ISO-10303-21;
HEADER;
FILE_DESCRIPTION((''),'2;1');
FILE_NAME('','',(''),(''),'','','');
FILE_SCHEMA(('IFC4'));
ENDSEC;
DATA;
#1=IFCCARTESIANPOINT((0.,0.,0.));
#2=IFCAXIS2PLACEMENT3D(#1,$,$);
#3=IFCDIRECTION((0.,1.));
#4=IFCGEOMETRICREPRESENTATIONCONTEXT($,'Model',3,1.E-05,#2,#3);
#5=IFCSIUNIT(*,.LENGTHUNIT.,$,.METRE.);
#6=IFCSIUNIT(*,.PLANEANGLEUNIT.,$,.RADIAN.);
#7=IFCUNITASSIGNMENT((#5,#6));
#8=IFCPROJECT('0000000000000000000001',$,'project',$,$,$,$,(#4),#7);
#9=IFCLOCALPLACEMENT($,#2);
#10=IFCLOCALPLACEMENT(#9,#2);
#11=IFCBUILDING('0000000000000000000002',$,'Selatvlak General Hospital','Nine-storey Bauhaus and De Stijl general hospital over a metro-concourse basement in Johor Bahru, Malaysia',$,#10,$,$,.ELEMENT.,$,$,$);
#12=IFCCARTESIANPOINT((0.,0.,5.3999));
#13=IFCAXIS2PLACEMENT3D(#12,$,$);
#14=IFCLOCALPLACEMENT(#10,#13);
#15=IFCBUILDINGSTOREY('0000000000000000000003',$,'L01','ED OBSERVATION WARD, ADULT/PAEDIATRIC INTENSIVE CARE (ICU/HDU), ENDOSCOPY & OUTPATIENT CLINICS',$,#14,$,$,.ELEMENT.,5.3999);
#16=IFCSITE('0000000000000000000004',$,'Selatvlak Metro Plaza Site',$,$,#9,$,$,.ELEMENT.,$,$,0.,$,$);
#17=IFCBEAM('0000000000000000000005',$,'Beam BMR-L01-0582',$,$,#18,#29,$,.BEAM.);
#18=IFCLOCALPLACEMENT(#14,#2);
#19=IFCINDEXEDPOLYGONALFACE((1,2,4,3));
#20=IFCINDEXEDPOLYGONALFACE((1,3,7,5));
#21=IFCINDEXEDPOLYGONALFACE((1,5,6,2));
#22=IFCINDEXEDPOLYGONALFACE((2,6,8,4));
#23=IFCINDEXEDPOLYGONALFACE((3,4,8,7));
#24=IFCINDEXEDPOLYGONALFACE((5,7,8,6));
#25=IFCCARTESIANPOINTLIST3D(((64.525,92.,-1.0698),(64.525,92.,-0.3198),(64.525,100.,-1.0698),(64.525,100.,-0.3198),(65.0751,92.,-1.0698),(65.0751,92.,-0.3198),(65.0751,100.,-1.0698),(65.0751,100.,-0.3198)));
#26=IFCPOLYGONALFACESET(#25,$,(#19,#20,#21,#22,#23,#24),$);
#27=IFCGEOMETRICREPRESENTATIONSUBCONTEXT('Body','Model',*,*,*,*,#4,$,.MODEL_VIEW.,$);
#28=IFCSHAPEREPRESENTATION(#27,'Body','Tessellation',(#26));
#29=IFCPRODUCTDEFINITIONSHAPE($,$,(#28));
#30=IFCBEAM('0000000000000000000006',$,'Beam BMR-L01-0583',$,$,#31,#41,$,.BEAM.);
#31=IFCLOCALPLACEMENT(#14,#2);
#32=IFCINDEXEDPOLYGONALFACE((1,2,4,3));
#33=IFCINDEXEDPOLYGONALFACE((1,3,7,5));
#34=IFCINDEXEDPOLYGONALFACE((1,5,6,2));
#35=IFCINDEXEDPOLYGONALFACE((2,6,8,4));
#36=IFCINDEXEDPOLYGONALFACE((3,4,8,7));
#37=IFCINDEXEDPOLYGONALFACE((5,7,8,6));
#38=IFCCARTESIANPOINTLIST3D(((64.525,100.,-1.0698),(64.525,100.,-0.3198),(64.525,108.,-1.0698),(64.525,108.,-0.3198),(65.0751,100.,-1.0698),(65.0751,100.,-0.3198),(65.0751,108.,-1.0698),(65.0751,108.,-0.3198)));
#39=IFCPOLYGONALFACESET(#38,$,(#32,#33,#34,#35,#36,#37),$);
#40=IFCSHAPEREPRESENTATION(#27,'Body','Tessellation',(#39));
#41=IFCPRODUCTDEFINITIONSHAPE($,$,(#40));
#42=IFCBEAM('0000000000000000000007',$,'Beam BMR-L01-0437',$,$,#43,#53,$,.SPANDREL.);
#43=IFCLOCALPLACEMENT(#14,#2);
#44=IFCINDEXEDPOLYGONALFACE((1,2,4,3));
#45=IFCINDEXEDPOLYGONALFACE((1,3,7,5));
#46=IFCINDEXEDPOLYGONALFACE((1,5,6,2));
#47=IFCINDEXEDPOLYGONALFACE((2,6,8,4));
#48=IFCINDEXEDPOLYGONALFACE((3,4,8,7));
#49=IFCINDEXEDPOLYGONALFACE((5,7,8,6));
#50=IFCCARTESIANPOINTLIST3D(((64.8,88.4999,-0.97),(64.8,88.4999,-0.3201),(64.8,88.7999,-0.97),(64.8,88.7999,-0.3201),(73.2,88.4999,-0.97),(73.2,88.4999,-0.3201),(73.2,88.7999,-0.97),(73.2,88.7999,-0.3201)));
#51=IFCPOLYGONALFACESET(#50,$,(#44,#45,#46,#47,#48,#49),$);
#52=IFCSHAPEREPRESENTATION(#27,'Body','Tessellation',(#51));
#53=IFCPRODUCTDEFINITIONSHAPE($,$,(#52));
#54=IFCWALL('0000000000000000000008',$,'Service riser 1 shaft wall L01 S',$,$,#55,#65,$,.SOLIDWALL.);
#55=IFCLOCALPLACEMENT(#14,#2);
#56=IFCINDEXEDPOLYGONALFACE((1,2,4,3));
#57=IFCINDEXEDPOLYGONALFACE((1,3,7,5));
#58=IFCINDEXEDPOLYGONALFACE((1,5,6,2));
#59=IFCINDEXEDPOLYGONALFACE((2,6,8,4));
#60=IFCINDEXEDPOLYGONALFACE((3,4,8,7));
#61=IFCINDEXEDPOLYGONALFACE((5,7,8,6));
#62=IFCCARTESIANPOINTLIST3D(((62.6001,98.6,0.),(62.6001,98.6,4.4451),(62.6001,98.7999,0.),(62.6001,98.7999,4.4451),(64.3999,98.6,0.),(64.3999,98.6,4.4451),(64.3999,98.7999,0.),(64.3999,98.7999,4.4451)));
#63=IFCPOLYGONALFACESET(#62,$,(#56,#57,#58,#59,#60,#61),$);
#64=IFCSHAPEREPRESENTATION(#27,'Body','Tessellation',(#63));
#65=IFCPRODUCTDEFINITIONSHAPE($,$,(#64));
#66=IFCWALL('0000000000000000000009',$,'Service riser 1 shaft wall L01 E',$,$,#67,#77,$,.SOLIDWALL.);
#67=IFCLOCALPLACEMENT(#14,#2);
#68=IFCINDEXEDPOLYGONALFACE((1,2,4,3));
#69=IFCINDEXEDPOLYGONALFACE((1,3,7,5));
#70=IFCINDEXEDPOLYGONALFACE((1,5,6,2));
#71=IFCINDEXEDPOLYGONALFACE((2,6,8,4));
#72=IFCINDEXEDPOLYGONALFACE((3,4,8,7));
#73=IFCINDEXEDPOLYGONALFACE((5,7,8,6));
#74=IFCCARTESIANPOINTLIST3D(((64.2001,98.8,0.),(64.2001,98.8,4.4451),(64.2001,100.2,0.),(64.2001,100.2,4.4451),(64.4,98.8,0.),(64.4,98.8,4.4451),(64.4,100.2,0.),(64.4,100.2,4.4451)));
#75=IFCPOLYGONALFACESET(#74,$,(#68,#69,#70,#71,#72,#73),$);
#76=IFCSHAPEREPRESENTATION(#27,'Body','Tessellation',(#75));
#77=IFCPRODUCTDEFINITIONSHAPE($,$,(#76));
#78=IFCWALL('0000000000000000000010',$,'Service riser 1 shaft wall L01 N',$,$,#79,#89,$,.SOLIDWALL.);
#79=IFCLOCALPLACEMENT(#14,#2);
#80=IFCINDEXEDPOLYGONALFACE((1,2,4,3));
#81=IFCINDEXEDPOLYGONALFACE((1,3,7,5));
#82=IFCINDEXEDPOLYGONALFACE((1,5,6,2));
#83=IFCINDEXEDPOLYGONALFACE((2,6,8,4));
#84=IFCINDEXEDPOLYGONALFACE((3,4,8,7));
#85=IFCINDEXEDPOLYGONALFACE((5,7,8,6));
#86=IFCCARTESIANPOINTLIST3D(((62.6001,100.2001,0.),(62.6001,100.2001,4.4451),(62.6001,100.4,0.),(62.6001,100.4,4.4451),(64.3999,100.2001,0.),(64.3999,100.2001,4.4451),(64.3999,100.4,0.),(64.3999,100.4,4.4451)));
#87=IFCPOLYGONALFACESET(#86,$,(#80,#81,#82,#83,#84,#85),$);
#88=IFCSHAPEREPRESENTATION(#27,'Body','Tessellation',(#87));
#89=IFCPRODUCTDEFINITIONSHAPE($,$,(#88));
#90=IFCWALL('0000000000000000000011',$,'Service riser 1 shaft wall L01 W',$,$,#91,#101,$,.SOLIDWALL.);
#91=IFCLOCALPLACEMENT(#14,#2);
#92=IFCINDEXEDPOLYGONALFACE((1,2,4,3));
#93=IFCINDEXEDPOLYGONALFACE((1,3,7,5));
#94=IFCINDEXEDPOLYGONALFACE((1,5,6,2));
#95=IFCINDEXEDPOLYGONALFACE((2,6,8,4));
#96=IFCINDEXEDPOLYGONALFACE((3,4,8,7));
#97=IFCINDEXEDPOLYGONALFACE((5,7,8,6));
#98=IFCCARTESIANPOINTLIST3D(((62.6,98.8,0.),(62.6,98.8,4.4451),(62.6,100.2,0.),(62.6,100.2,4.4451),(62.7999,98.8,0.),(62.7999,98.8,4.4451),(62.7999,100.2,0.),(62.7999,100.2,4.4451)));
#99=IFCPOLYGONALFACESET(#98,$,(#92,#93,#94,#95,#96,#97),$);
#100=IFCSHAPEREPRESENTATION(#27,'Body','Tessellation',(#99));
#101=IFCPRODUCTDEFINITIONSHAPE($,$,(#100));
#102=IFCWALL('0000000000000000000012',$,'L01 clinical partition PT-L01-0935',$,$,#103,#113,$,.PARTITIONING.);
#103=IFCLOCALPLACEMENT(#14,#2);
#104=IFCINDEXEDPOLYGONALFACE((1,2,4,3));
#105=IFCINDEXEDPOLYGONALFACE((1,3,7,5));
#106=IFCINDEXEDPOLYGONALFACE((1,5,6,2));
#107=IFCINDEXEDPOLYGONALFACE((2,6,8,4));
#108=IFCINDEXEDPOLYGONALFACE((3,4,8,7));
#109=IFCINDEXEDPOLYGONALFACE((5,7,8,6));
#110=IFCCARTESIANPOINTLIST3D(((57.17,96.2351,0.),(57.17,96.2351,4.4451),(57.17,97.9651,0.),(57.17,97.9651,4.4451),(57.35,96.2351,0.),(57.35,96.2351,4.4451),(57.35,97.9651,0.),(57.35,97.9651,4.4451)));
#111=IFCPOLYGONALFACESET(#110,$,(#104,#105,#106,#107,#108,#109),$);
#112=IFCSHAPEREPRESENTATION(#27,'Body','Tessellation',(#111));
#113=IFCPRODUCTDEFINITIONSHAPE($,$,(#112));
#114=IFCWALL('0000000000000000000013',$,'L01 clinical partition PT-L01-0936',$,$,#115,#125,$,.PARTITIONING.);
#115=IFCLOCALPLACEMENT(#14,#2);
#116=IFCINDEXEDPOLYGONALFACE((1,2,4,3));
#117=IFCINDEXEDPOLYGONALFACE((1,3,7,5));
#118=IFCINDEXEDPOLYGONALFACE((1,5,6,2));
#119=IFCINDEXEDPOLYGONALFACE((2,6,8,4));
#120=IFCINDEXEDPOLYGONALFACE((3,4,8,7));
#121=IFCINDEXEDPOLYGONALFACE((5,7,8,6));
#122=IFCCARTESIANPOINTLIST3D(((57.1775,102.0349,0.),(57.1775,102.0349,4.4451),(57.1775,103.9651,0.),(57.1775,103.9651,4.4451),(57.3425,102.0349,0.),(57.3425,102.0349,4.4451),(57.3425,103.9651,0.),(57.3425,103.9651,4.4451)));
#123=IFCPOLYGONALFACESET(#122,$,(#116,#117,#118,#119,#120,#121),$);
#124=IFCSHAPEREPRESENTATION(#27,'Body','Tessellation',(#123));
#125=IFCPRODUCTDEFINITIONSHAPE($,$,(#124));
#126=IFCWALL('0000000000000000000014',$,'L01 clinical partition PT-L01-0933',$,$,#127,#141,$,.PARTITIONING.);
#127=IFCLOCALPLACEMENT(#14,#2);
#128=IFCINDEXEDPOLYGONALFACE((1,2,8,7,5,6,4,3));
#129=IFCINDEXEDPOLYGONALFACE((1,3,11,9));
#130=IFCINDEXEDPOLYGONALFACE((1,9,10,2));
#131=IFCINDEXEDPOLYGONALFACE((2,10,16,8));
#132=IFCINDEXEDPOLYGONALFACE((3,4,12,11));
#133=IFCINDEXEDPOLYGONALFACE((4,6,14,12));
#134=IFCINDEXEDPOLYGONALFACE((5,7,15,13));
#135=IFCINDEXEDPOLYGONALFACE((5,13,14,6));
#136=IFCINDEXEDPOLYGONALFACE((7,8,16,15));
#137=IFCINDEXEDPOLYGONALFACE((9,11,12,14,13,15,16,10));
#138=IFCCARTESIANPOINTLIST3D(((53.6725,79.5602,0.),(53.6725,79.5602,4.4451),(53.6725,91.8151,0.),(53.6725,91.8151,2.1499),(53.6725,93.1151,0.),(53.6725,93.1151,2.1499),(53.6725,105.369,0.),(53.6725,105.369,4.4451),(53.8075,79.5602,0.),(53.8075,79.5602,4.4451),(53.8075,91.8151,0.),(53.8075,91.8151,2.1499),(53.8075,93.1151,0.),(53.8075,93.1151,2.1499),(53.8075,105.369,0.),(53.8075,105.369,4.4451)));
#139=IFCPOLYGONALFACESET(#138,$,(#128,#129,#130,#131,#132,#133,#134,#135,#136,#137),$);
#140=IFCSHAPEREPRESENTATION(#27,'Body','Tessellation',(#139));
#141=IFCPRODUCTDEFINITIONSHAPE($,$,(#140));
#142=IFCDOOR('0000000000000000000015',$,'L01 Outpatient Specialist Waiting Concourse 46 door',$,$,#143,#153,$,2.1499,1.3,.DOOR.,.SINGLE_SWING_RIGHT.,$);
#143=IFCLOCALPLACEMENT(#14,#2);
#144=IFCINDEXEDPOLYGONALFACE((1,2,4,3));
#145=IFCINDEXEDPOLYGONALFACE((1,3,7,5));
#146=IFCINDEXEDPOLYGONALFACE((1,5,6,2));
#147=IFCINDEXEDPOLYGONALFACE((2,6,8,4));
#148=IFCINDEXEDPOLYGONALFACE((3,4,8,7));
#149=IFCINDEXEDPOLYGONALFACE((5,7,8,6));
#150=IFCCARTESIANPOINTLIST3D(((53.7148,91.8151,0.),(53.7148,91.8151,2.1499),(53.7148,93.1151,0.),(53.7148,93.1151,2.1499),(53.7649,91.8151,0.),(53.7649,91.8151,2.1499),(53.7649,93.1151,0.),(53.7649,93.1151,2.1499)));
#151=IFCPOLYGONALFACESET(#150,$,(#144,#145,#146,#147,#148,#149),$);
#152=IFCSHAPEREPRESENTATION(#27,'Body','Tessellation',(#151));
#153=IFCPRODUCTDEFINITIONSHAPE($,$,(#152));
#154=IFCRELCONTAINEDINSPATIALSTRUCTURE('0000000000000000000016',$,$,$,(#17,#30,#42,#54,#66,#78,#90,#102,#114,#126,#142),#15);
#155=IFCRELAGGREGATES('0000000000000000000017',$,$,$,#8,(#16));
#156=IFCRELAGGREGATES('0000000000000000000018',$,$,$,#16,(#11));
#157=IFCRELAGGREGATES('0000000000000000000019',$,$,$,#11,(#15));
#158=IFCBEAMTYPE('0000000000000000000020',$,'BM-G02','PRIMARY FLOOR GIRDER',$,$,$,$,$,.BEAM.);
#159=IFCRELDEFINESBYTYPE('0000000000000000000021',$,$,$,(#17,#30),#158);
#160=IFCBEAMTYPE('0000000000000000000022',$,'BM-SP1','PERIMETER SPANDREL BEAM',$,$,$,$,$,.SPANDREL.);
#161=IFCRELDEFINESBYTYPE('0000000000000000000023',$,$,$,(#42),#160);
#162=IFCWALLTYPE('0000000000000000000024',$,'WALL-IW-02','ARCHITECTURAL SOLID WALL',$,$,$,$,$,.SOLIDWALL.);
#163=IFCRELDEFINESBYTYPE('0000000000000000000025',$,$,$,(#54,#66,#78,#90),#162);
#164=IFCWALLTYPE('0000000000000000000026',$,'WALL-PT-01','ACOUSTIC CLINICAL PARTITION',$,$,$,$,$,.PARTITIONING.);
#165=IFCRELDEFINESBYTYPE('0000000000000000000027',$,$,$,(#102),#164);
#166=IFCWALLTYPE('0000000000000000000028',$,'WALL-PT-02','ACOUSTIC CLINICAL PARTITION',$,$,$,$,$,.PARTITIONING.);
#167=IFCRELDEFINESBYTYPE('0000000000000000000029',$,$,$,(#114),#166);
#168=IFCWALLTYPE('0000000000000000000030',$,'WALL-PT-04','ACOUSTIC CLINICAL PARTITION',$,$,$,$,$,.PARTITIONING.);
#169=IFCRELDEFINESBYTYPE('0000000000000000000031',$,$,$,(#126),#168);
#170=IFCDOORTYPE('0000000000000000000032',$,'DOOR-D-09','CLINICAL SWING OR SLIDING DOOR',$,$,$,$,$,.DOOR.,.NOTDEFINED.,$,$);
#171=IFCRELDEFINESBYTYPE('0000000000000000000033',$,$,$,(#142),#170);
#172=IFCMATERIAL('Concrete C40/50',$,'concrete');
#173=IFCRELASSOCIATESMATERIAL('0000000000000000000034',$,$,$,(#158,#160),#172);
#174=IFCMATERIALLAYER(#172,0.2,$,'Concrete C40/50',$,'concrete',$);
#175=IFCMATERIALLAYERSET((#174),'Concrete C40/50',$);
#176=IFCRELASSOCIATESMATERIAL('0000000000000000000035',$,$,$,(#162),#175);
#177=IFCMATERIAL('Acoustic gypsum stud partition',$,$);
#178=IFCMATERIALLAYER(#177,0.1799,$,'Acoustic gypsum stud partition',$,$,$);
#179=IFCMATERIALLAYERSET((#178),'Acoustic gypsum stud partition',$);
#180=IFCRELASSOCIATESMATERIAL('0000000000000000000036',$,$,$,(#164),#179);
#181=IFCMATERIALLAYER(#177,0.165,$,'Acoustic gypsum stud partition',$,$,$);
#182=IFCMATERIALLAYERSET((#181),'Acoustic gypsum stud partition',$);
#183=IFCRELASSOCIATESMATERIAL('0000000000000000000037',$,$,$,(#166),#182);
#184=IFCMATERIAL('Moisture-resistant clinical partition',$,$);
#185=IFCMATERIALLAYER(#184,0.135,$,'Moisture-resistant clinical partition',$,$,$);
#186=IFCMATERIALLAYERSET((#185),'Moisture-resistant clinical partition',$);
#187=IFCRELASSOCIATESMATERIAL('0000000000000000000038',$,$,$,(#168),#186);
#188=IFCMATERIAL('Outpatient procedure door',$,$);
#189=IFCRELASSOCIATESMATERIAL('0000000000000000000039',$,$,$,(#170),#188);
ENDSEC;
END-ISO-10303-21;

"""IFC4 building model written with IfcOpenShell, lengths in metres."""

from ifc_helpers import new_model, si_unit, direction, frame, frame_2d, origin, origin_2d, place, context, subcontext, project, spatial, rectangle, extrude, material, layer, layer_set, material_profile, profile_set, type_object, element, fill, save


model = new_model("IFC4")

# Units and contexts
model_context = context("Model", 3, precision=1e-05, world=origin(), true_north=direction((0.0, 1.0)))
body_context = subcontext(model_context, "Body", "Model", "MODEL_VIEW")
ifc_project = project(units=[si_unit("LENGTHUNIT", "METRE"), si_unit("PLANEANGLEUNIT", "RADIAN")], contexts=[model_context])

# Site, building, storey
site_placement = place(None, origin())
site = spatial("IfcSite", under=ifc_project, at=site_placement, Name="Selatvlak Metro Plaza Site", CompositionType="ELEMENT", RefElevation=0.0)
building_placement = place(site_placement, origin())
building = spatial("IfcBuilding", under=site, at=building_placement, Name="Selatvlak General Hospital", Description="Nine-storey Bauhaus and De Stijl general hospital over a metro-concourse basement in Johor Bahru, Malaysia", CompositionType="ELEMENT")
storey_placement = place(building_placement, frame((0.0, 0.0, 5.3999)))
storey = spatial("IfcBuildingStorey", under=building, at=storey_placement, Name="L01", Description="ED OBSERVATION WARD, ADULT/PAEDIATRIC INTENSIVE CARE (ICU/HDU), ENDOSCOPY & OUTPATIENT CLINICS", CompositionType="ELEMENT", Elevation=5.3999)

# Beams
ifc_material_1 = material(Name="Concrete C40/50", Category="concrete")
ifc_material_profile_1 = material_profile(ifc_material_1, rectangle(XDim=0.55, YDim=0.75, at=origin_2d()), Name="RC-BM 550x750")
ifc_profile_set_1 = profile_set([ifc_material_profile_1], Name="Concrete C40/50")
beam_type_1 = type_object("IfcBeamType", Name="BM-G02", Description="PRIMARY FLOOR GIRDER", PredefinedType="BEAM", material=ifc_profile_set_1)
for number, where, z_axis, x_axis, name in (
    (1, (64.8, 92.0, -0.6948), (0.0, 1.0, 0.0), (-1.0, 0.0, 0.0), "Beam BMR-L01-0582"),
    (2, (64.8, 100.0, -0.6948), (0.0, 1.0, 0.0), (-1.0, 0.0, 0.0), "Beam BMR-L01-0583"),
):
    element("IfcBeam", number, at=place(storey_placement, frame(where, z_axis=z_axis, x_axis=x_axis)), inside=storey, type_object=beam_type_1, Name=name, PredefinedType="BEAM", context=body_context, shape_type="SweptSolid", body=[
        extrude(rectangle(XDim=0.55, YDim=0.75, at=origin_2d()), origin(), (0.0, 0.0, 1.0), 8.0),
    ])
ifc_material_profile_2 = material_profile(ifc_material_1, rectangle(XDim=0.3, YDim=0.6499, at=origin_2d()), Name="RC-SP 300x650")
ifc_profile_set_2 = profile_set([ifc_material_profile_2], Name="Concrete C40/50")
beam_type_2 = type_object("IfcBeamType", Name="BM-SP1", Description="PERIMETER SPANDREL BEAM", PredefinedType="SPANDREL", material=ifc_profile_set_2)
beam_1_placement = place(storey_placement, frame((64.8, 88.6499, -0.645), z_axis=(1.0, 0.0, 0.0), x_axis=(0.0, 1.0, 0.0)))
element("IfcBeam", 3, at=beam_1_placement, inside=storey, type_object=beam_type_2, Name="Beam BMR-L01-0437", PredefinedType="SPANDREL", context=body_context, shape_type="SweptSolid", body=[
    extrude(rectangle(XDim=0.3, YDim=0.6499, at=origin_2d()), origin(), (0.0, 0.0, 1.0), 8.3999),
])

# Walls
ifc_layer_1 = layer(ifc_material_1, 0.2, Name="Concrete C40/50", Category="concrete")
ifc_layer_set_1 = layer_set([ifc_layer_1], Name="Concrete C40/50")
wall_type_1 = type_object("IfcWallType", Name="WALL-IW-02", Description="ARCHITECTURAL SOLID WALL", PredefinedType="SOLIDWALL", material=ifc_layer_set_1)
wall_1_placement = place(storey_placement, frame((62.6001, 98.7, 0.0), z_axis=(0.0, 0.0, 1.0), x_axis=(1.0, 0.0, 0.0)))
element("IfcWall", 4, at=wall_1_placement, inside=storey, type_object=wall_type_1, Name="Service riser 1 shaft wall L01 S", PredefinedType="SOLIDWALL", context=body_context, shape_type="SweptSolid", body=[
    extrude(rectangle(XDim=1.7998, YDim=0.2, at=frame_2d((0.8999, 0.0))), origin(), (0.0, 0.0, 1.0), 4.4451),
])
wall_2_placement = place(storey_placement, frame((64.3, 98.8, 0.0), z_axis=(0.0, 0.0, 1.0), x_axis=(0.0, 1.0, 0.0)))
element("IfcWall", 5, at=wall_2_placement, inside=storey, type_object=wall_type_1, Name="Service riser 1 shaft wall L01 E", PredefinedType="SOLIDWALL", context=body_context, shape_type="SweptSolid", body=[
    extrude(rectangle(XDim=1.3999, YDim=0.2, at=frame_2d((0.7, 0.0))), origin(), (0.0, 0.0, 1.0), 4.4451),
])
wall_3_placement = place(storey_placement, frame((64.3999, 100.3, 0.0), z_axis=(0.0, 0.0, 1.0), x_axis=(-1.0, 0.0, 0.0)))
element("IfcWall", 6, at=wall_3_placement, inside=storey, type_object=wall_type_1, Name="Service riser 1 shaft wall L01 N", PredefinedType="SOLIDWALL", context=body_context, shape_type="SweptSolid", body=[
    extrude(rectangle(XDim=1.7998, YDim=0.2, at=frame_2d((0.8999, 0.0))), origin(), (0.0, 0.0, 1.0), 4.4451),
])
wall_4_placement = place(storey_placement, frame((62.7, 100.2, 0.0), z_axis=(0.0, 0.0, 1.0), x_axis=(0.0, -1.0, 0.0)))
element("IfcWall", 7, at=wall_4_placement, inside=storey, type_object=wall_type_1, Name="Service riser 1 shaft wall L01 W", PredefinedType="SOLIDWALL", context=body_context, shape_type="SweptSolid", body=[
    extrude(rectangle(XDim=1.3999, YDim=0.2, at=frame_2d((0.7, 0.0))), origin(), (0.0, 0.0, 1.0), 4.4451),
])
ifc_material_2 = material(Name="Acoustic gypsum stud partition")
ifc_layer_2 = layer(ifc_material_2, 0.1799, Name="Acoustic gypsum stud partition")
ifc_layer_set_2 = layer_set([ifc_layer_2], Name="Acoustic gypsum stud partition")
wall_type_2 = type_object("IfcWallType", Name="WALL-PT-01", Description="ACOUSTIC CLINICAL PARTITION", PredefinedType="PARTITIONING", material=ifc_layer_set_2)
wall_5_placement = place(storey_placement, frame((57.26, 96.2351, 0.0), z_axis=(0.0, 0.0, 1.0), x_axis=(0.0, 1.0, 0.0)))
element("IfcWall", 8, at=wall_5_placement, inside=storey, type_object=wall_type_2, Name="L01 clinical partition PT-L01-0935", PredefinedType="PARTITIONING", context=body_context, shape_type="SweptSolid", body=[
    extrude(rectangle(XDim=1.73, YDim=0.1799, at=frame_2d((0.865, 0.0))), origin(), (0.0, 0.0, 1.0), 4.4451),
])
ifc_layer_3 = layer(ifc_material_2, 0.165, Name="Acoustic gypsum stud partition")
ifc_layer_set_3 = layer_set([ifc_layer_3], Name="Acoustic gypsum stud partition")
wall_type_3 = type_object("IfcWallType", Name="WALL-PT-02", Description="ACOUSTIC CLINICAL PARTITION", PredefinedType="PARTITIONING", material=ifc_layer_set_3)
wall_6_placement = place(storey_placement, frame((57.26, 102.0349, 0.0), z_axis=(0.0, 0.0, 1.0), x_axis=(0.0, 1.0, 0.0)))
element("IfcWall", 9, at=wall_6_placement, inside=storey, type_object=wall_type_3, Name="L01 clinical partition PT-L01-0936", PredefinedType="PARTITIONING", context=body_context, shape_type="SweptSolid", body=[
    extrude(rectangle(XDim=1.9302, YDim=0.165, at=frame_2d((0.9651, 0.0))), origin(), (0.0, 0.0, 1.0), 4.4451),
])

# Wall, opening, door
ifc_material_3 = material(Name="Moisture-resistant clinical partition")
ifc_layer_4 = layer(ifc_material_3, 0.135, Name="Moisture-resistant clinical partition")
ifc_layer_set_4 = layer_set([ifc_layer_4], Name="Moisture-resistant clinical partition")
wall_type_4 = type_object("IfcWallType", Name="WALL-PT-04", Description="ACOUSTIC CLINICAL PARTITION", PredefinedType="PARTITIONING", material=ifc_layer_set_4)
wall_7_placement = place(storey_placement, frame((53.74, 105.3689, 0.0), z_axis=(0.0, 0.0, 1.0), x_axis=(0.0, -1.0, 0.0)))
wall_7 = element("IfcWall", 10, at=wall_7_placement, inside=storey, type_object=wall_type_4, Name="L01 clinical partition PT-L01-0933", PredefinedType="PARTITIONING", context=body_context, shape_type="SweptSolid", body=[
    extrude(rectangle(XDim=25.8088, YDim=0.135, at=frame_2d((12.9043, 0.0))), origin(), (0.0, 0.0, 1.0), 4.4451),
])
opening_placement = place(wall_7_placement, frame((12.2539, 0.0, 0.0)))
opening = element("IfcOpeningElement", 11, at=opening_placement, cuts=wall_7, PredefinedType="OPENING", context=body_context, shape_type="SweptSolid", body=[
    extrude(rectangle(XDim=1.3, YDim=2.1499, at=frame_2d((0.6499, 1.075))), frame((0.0, 0.0774, 0.0), z_axis=(0.0, -1.0, 0.0), x_axis=(1.0, 0.0, 0.0)), (0.0, 0.0, 1.0), 0.155),
])
ifc_material_4 = material(Name="Outpatient procedure door")
door_type = type_object("IfcDoorType", Name="DOOR-D-09", Description="CLINICAL SWING OR SLIDING DOOR", OperationType="NOTDEFINED", PredefinedType="DOOR", material=ifc_material_4)
door_placement = place(opening_placement, origin())
door = element("IfcDoor", 12, at=door_placement, inside=storey, type_object=door_type, Name="L01 Outpatient Specialist Waiting Concourse 46 door", OperationType="SINGLE_SWING_RIGHT", OverallHeight=2.1499, OverallWidth=1.3, PredefinedType="DOOR", context=body_context, shape_type="SweptSolid", body=[
    extrude(rectangle(XDim=1.3, YDim=2.1499, at=frame_2d((0.6499, 1.075))), frame((0.0, 0.0249, 0.0), z_axis=(0.0, -1.0, 0.0), x_axis=(1.0, 0.0, 0.0)), (0.0, 0.0, 1.0), 0.05),
])
fill(opening, door)

save(model, "model.ifc")
